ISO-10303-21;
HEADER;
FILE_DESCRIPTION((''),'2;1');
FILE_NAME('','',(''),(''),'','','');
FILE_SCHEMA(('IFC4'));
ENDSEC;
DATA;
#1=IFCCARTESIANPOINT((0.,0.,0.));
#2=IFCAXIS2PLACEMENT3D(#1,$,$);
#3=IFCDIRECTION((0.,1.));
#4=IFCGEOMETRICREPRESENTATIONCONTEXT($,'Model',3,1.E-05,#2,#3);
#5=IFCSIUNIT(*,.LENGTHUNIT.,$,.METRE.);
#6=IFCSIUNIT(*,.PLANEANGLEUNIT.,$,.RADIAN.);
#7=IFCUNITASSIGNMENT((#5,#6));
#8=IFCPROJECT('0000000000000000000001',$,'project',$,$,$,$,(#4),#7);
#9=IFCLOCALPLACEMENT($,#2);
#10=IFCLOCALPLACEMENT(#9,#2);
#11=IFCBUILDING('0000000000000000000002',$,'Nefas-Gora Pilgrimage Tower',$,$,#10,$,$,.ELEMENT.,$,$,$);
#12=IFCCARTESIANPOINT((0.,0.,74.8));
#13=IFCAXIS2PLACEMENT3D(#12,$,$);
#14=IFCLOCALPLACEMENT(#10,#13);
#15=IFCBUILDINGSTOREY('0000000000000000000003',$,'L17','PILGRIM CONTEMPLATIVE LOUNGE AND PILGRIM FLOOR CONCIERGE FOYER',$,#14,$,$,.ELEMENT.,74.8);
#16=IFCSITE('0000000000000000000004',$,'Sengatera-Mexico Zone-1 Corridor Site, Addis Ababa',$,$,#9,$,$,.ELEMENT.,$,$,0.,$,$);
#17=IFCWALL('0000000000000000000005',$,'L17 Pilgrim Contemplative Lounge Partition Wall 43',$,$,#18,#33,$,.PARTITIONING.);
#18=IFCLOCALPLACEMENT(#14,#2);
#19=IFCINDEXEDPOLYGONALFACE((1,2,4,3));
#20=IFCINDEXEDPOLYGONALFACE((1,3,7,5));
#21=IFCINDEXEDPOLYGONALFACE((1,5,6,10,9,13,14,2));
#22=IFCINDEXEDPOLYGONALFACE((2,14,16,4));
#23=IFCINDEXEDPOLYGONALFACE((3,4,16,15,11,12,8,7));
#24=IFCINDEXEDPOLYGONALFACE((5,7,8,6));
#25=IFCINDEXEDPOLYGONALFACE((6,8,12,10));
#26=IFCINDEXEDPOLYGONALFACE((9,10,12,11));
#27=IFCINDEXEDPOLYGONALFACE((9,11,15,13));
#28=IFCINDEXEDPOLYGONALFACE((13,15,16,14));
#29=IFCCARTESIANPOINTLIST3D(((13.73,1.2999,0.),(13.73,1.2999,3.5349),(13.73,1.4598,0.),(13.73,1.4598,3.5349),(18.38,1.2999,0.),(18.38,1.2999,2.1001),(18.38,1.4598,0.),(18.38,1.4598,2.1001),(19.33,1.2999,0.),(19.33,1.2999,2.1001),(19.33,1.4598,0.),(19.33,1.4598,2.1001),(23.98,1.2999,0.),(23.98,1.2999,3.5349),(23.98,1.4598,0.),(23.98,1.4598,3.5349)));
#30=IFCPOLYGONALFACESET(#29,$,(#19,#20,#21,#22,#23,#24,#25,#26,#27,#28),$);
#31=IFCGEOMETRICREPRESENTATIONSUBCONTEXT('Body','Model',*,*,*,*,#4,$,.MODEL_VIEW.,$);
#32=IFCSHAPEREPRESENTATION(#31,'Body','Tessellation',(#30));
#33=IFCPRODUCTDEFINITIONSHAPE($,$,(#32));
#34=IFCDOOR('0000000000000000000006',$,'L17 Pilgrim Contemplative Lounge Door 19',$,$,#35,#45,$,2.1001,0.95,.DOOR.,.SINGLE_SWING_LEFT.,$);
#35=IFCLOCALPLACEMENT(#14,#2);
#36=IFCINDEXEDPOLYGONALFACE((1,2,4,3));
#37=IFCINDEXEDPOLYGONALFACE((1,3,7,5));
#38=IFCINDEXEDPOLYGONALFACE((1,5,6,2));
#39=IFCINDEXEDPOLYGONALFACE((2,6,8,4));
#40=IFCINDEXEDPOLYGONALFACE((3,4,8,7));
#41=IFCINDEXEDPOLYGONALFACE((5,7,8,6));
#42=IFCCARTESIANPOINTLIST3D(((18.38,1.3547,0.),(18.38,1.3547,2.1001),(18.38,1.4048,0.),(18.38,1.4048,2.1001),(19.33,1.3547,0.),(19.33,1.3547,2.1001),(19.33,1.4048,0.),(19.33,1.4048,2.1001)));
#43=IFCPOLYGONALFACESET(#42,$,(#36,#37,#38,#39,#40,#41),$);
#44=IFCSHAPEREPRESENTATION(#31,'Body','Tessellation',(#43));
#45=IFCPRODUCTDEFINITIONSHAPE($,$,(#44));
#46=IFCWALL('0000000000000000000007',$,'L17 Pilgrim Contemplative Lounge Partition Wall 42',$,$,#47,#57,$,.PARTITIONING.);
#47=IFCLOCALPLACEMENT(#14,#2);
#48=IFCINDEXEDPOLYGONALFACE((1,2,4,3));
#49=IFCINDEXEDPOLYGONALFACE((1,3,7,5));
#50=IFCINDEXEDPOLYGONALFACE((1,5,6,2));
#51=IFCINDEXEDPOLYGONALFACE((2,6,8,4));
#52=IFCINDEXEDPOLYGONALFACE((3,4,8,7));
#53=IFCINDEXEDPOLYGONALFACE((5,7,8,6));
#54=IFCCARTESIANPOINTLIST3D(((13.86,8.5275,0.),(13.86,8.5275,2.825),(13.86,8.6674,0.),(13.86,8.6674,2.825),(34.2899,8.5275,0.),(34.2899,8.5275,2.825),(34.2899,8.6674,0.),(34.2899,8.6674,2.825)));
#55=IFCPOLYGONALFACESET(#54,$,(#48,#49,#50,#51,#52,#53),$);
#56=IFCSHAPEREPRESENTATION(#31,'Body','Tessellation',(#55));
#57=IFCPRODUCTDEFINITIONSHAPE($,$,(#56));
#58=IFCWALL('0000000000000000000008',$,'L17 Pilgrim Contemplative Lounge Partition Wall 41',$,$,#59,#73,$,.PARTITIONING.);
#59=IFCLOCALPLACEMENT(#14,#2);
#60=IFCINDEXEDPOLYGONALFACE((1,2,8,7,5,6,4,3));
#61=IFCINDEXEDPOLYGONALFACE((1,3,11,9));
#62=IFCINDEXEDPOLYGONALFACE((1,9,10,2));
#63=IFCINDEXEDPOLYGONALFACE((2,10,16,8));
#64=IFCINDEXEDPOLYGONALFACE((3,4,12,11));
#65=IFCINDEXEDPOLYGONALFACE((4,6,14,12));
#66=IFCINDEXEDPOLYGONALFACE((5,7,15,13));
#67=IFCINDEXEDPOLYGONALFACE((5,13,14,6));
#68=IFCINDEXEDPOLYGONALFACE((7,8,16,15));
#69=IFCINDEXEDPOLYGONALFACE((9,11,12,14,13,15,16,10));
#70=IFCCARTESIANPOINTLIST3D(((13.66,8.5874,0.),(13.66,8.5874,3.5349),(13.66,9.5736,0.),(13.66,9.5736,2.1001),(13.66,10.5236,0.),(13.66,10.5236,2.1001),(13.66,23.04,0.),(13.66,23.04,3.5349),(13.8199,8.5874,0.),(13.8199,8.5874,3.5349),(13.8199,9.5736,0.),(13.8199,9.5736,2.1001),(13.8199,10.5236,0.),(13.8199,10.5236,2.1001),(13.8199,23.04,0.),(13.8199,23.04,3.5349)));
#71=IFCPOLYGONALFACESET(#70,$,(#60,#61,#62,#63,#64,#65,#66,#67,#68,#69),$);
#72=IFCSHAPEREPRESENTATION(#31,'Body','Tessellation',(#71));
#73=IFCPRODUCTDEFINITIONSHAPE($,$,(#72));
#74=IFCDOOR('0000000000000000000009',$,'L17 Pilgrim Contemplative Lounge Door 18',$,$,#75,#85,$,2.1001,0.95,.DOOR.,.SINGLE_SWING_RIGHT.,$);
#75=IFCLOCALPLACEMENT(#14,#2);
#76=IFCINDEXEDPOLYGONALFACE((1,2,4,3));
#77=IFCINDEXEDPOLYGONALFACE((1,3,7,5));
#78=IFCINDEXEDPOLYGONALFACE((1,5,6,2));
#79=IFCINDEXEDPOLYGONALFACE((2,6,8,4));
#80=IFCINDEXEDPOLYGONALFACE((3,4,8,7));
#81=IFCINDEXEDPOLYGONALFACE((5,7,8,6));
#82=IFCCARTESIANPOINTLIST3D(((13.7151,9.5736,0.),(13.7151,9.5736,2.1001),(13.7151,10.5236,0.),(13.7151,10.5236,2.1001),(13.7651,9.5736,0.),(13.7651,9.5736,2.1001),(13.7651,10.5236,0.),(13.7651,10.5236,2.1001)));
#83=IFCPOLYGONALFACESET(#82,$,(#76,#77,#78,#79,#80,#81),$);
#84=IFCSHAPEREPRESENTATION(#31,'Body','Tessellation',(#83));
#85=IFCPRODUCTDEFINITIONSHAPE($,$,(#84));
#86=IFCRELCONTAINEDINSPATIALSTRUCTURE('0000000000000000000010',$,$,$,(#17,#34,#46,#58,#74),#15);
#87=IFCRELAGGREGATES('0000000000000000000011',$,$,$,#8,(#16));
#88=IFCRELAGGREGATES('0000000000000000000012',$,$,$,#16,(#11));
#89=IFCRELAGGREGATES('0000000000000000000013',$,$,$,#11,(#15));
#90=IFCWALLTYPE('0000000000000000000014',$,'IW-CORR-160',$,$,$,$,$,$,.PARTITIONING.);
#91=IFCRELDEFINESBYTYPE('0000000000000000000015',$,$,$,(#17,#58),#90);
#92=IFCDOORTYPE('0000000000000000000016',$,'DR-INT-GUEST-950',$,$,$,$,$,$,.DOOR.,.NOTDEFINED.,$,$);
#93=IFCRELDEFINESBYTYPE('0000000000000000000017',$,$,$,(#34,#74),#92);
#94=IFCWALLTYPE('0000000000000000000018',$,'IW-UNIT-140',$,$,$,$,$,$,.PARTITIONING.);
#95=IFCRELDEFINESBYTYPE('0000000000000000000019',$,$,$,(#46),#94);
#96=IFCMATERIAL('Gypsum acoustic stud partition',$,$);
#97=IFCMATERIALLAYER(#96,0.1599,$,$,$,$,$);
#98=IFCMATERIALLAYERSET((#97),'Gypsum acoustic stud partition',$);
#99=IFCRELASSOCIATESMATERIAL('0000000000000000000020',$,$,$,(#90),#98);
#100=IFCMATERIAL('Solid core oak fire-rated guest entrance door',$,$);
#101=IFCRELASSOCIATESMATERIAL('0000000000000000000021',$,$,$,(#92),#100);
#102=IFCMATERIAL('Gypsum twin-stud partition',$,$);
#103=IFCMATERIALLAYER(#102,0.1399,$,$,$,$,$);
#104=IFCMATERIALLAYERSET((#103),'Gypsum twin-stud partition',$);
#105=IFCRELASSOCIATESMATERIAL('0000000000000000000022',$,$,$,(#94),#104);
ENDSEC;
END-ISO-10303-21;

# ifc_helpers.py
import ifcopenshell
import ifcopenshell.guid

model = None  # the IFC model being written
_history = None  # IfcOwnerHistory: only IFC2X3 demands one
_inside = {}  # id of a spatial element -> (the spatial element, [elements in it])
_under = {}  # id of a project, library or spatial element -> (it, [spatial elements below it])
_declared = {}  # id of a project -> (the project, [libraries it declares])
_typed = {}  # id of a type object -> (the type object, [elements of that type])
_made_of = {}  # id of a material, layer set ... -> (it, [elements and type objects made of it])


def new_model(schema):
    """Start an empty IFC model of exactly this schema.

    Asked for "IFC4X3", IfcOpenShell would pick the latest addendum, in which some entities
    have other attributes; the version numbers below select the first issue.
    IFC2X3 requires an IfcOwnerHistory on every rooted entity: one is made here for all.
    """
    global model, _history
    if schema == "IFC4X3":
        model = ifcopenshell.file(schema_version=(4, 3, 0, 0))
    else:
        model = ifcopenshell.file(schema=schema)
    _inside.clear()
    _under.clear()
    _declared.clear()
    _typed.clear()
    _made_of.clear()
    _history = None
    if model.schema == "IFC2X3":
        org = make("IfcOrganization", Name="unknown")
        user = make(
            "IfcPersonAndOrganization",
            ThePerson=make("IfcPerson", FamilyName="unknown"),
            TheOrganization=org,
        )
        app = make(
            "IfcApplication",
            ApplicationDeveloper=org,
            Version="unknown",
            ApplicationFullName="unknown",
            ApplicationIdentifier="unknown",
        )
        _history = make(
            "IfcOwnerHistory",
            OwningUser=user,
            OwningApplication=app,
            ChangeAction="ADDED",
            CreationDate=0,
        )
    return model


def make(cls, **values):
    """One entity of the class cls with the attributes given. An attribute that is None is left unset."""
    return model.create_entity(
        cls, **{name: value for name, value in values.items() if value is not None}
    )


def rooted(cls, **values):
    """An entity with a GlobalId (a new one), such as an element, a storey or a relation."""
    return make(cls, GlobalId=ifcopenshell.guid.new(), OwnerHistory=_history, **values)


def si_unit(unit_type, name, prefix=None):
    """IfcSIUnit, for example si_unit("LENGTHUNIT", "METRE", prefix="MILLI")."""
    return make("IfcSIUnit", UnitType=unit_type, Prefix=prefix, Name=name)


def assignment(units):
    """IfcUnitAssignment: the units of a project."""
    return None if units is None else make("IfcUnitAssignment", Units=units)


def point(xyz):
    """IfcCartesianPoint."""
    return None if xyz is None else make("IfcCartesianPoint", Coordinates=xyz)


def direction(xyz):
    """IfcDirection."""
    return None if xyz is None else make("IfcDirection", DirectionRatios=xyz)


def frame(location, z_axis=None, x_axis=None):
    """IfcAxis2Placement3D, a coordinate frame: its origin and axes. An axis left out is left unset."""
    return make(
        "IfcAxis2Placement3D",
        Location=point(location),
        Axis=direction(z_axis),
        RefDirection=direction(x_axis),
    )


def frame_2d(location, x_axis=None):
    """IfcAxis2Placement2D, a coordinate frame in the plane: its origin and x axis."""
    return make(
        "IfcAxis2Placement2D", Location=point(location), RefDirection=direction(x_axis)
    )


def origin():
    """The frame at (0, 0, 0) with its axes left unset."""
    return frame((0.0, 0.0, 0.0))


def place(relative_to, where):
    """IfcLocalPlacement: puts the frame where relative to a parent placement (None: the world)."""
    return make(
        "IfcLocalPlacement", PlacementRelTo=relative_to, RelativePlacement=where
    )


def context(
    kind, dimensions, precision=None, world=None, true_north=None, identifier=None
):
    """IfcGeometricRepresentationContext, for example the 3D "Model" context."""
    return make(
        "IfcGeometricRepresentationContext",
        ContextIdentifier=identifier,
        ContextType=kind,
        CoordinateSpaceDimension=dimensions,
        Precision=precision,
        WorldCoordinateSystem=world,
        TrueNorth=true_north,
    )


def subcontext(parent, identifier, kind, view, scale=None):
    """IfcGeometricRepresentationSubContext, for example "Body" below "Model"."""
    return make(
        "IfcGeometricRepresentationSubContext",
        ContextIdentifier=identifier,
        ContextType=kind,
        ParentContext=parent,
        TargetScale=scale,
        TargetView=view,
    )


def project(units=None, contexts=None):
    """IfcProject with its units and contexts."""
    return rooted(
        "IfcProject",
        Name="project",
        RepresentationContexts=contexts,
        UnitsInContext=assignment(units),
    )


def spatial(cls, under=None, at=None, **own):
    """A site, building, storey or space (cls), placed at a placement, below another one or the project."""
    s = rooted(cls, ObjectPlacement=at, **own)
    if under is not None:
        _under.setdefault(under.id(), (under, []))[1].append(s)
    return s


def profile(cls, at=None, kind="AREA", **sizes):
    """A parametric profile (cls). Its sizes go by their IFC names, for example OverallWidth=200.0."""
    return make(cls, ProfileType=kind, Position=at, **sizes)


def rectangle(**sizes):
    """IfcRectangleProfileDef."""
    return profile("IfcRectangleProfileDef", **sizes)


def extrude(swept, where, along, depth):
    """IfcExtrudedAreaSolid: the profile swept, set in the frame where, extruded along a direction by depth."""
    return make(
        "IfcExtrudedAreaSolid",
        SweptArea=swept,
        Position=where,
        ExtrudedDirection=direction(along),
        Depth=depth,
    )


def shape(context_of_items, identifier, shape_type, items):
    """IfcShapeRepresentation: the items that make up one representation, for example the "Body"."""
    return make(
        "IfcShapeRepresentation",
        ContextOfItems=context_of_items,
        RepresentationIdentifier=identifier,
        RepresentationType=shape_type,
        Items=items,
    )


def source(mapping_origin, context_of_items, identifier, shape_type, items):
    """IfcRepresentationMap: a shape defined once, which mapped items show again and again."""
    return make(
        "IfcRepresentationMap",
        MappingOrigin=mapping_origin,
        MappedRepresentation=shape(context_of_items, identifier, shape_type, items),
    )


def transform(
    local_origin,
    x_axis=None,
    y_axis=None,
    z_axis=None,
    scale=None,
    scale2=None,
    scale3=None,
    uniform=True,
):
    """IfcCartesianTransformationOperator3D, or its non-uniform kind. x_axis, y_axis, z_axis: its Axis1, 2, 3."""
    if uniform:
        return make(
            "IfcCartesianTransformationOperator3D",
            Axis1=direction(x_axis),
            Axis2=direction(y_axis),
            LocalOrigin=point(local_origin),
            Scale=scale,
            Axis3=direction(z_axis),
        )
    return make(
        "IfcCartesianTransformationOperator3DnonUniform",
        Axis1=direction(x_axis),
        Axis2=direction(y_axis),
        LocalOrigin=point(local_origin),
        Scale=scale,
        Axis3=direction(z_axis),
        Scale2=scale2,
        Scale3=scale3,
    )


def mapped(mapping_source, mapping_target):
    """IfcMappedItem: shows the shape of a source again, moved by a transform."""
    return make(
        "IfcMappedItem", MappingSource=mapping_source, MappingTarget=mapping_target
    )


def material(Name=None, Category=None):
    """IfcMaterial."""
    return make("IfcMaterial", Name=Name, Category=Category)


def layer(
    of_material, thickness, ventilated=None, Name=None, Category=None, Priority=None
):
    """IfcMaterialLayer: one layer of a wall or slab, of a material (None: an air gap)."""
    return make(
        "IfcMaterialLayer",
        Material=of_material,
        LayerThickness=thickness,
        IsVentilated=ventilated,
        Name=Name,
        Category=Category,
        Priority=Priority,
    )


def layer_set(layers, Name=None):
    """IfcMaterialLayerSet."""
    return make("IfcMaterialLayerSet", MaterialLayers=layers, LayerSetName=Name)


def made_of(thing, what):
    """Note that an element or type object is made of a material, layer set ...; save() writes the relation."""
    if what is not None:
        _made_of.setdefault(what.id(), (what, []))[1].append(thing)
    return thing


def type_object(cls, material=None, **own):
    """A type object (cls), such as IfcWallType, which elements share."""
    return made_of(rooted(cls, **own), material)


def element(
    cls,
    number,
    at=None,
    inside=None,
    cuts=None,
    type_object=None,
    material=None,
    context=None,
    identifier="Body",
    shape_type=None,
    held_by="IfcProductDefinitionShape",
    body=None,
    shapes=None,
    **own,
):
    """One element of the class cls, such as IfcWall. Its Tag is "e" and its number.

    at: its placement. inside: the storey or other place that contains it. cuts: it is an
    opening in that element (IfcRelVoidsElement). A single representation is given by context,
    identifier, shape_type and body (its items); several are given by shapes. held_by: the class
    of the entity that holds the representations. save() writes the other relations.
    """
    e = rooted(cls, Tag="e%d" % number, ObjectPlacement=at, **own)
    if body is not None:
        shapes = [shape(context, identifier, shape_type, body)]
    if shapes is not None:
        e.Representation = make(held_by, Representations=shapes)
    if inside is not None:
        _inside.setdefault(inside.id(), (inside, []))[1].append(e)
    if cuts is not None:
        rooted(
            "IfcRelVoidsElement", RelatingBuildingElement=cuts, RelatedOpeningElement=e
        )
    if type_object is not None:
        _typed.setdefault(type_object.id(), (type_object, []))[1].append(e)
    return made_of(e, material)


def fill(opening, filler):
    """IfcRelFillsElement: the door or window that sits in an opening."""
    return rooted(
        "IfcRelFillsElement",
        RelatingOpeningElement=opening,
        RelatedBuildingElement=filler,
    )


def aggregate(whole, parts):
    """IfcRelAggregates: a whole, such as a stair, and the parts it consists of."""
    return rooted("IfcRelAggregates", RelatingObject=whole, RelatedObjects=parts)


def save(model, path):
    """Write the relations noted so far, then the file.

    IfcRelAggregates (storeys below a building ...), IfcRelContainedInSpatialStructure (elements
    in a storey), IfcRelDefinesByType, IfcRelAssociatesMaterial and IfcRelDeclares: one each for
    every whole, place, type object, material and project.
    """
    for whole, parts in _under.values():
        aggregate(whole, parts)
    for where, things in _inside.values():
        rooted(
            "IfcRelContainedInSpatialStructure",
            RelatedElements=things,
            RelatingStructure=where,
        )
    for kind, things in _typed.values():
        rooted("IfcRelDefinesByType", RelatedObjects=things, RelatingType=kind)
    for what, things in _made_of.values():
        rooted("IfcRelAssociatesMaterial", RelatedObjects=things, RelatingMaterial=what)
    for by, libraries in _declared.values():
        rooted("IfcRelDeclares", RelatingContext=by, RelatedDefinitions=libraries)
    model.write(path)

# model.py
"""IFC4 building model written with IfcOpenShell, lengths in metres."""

from ifc_helpers import new_model, si_unit, direction, frame, frame_2d, origin, place, context, subcontext, project, spatial, rectangle, extrude, source, transform, mapped, material, layer, layer_set, type_object, element, fill, save


model = new_model("IFC4")

# Units and contexts
model_context = context("Model", 3, precision=1e-05, world=origin(), true_north=direction((0.0, 1.0)))
body_context = subcontext(model_context, "Body", "Model", "MODEL_VIEW")
ifc_project = project(units=[si_unit("LENGTHUNIT", "METRE"), si_unit("PLANEANGLEUNIT", "RADIAN")], contexts=[model_context])

# Site, building, storey
site_placement = place(None, origin())
site = spatial("IfcSite", under=ifc_project, at=site_placement, Name="Sengatera-Mexico Zone-1 Corridor Site, Addis Ababa", CompositionType="ELEMENT", RefElevation=0.0)
building_placement = place(site_placement, origin())
building = spatial("IfcBuilding", under=site, at=building_placement, Name="Nefas-Gora Pilgrimage Tower", CompositionType="ELEMENT")
storey_placement = place(building_placement, frame((0.0, 0.0, 74.8)))
storey = spatial("IfcBuildingStorey", under=building, at=storey_placement, Name="L17", Description="PILGRIM CONTEMPLATIVE LOUNGE AND PILGRIM FLOOR CONCIERGE FOYER", CompositionType="ELEMENT", Elevation=74.8)

# Wall, opening, door
ifc_material_1 = material(Name="Gypsum acoustic stud partition")
ifc_layer_1 = layer(ifc_material_1, 0.1599)
ifc_layer_set_1 = layer_set([ifc_layer_1], Name="Gypsum acoustic stud partition")
wall_type_1 = type_object("IfcWallType", Name="IW-CORR-160", PredefinedType="PARTITIONING", material=ifc_layer_set_1)
shared_shape_1 = source(origin(), body_context, "Body", "SweptSolid", [
    extrude(rectangle(XDim=10.25, YDim=0.1599, at=frame_2d((5.125, 0.0))), origin(), (0.0, 0.0, 1.0), 3.5349),
])
wall_1_placement = place(storey_placement, frame((13.73, 1.3799, 0.0), z_axis=(0.0, 0.0, 1.0), x_axis=(1.0, 0.0, 0.0)))
wall_1 = element("IfcWall", 1, at=wall_1_placement, inside=storey, type_object=wall_type_1, Name="L17 Pilgrim Contemplative Lounge Partition Wall 43", PredefinedType="PARTITIONING", context=body_context, shape_type="MappedRepresentation", body=[
    mapped(shared_shape_1, transform((0.0, 0.0, 0.0), x_axis=(1.0, 0.0, 0.0), y_axis=(0.0, 1.0, 0.0), z_axis=(0.0, 0.0, 1.0), scale=1.0)),
])
opening_1_placement = place(wall_1_placement, frame((4.6499, 0.0, 0.0)))
opening_1 = element("IfcOpeningElement", 2, at=opening_1_placement, cuts=wall_1, PredefinedType="OPENING", context=body_context, shape_type="SweptSolid", body=[
    extrude(rectangle(XDim=0.95, YDim=2.1001, at=frame_2d((0.4751, 1.05))), frame((0.0, 0.0898, 0.0), z_axis=(0.0, -1.0, 0.0), x_axis=(1.0, 0.0, 0.0)), (0.0, 0.0, 1.0), 0.1799),
])
ifc_material_2 = material(Name="Solid core oak fire-rated guest entrance door")
door_type_1 = type_object("IfcDoorType", Name="DR-INT-GUEST-950", OperationType="NOTDEFINED", PredefinedType="DOOR", material=ifc_material_2)
shared_shape_2 = source(origin(), body_context, "Body", "SweptSolid", [
    extrude(rectangle(XDim=0.95, YDim=2.1001, at=frame_2d((0.4751, 1.05))), frame((0.0, 0.0249, 0.0), z_axis=(0.0, -1.0, 0.0), x_axis=(1.0, 0.0, 0.0)), (0.0, 0.0, 1.0), 0.05),
])
door_1_placement = place(opening_1_placement, origin())
door_1 = element("IfcDoor", 3, at=door_1_placement, inside=storey, type_object=door_type_1, Name="L17 Pilgrim Contemplative Lounge Door 19", OperationType="SINGLE_SWING_LEFT", OverallHeight=2.1001, OverallWidth=0.95, PredefinedType="DOOR", context=body_context, shape_type="MappedRepresentation", body=[
    mapped(shared_shape_2, transform((0.0, 0.0, 0.0), x_axis=(1.0, 0.0, 0.0), y_axis=(0.0, 1.0, 0.0), z_axis=(0.0, 0.0, 1.0), scale=1.0)),
])
fill(opening_1, door_1)

# Wall
ifc_material_3 = material(Name="Gypsum twin-stud partition")
ifc_layer_2 = layer(ifc_material_3, 0.1399)
ifc_layer_set_2 = layer_set([ifc_layer_2], Name="Gypsum twin-stud partition")
wall_type_2 = type_object("IfcWallType", Name="IW-UNIT-140", PredefinedType="PARTITIONING", material=ifc_layer_set_2)
shared_shape_3 = source(origin(), body_context, "Body", "SweptSolid", [
    extrude(rectangle(XDim=20.4299, YDim=0.1399, at=frame_2d((10.2148, 0.0))), origin(), (0.0, 0.0, 1.0), 2.825),
])
wall_2_placement = place(storey_placement, frame((13.8601, 8.5974, 0.0), z_axis=(0.0, 0.0, 1.0), x_axis=(1.0, 0.0, 0.0)))
element("IfcWall", 4, at=wall_2_placement, inside=storey, type_object=wall_type_2, Name="L17 Pilgrim Contemplative Lounge Partition Wall 42", PredefinedType="PARTITIONING", context=body_context, shape_type="MappedRepresentation", body=[
    mapped(shared_shape_3, transform((0.0, 0.0, 0.0), x_axis=(1.0, 0.0, 0.0), y_axis=(0.0, 1.0, 0.0), z_axis=(0.0, 0.0, 1.0), scale=1.0)),
])

# Wall, opening, door
shared_shape_4 = source(origin(), body_context, "Body", "SweptSolid", [
    extrude(rectangle(XDim=14.4526, YDim=0.1599, at=frame_2d((7.2263, 0.0))), origin(), (0.0, 0.0, 1.0), 3.5349),
])
wall_3_placement = place(storey_placement, frame((13.74, 8.5874, 0.0), z_axis=(0.0, 0.0, 1.0), x_axis=(0.0, 1.0, 0.0)))
wall_3 = element("IfcWall", 5, at=wall_3_placement, inside=storey, type_object=wall_type_1, Name="L17 Pilgrim Contemplative Lounge Partition Wall 41", PredefinedType="PARTITIONING", context=body_context, shape_type="MappedRepresentation", body=[
    mapped(shared_shape_4, transform((0.0, 0.0, 0.0), x_axis=(1.0, 0.0, 0.0), y_axis=(0.0, 1.0, 0.0), z_axis=(0.0, 0.0, 1.0), scale=1.0)),
])
opening_2_placement = place(wall_3_placement, frame((0.9861, 0.0, 0.0)))
opening_2 = element("IfcOpeningElement", 6, at=opening_2_placement, cuts=wall_3, PredefinedType="OPENING", context=body_context, shape_type="SweptSolid", body=[
    extrude(rectangle(XDim=0.95, YDim=2.1001, at=frame_2d((0.4751, 1.05))), frame((0.0, 0.0898, 0.0), z_axis=(0.0, -1.0, 0.0), x_axis=(1.0, 0.0, 0.0)), (0.0, 0.0, 1.0), 0.1799),
])
door_2_placement = place(opening_2_placement, origin())
door_2 = element("IfcDoor", 7, at=door_2_placement, inside=storey, type_object=door_type_1, Name="L17 Pilgrim Contemplative Lounge Door 18", OperationType="SINGLE_SWING_RIGHT", OverallHeight=2.1001, OverallWidth=0.95, PredefinedType="DOOR", context=body_context, shape_type="MappedRepresentation", body=[
    mapped(shared_shape_2, transform((0.0, 0.0, 0.0), x_axis=(1.0, 0.0, 0.0), y_axis=(0.0, 1.0, 0.0), z_axis=(0.0, 0.0, 1.0), scale=1.0)),
])
fill(opening_2, door_2)

save(model, "model.ifc")
